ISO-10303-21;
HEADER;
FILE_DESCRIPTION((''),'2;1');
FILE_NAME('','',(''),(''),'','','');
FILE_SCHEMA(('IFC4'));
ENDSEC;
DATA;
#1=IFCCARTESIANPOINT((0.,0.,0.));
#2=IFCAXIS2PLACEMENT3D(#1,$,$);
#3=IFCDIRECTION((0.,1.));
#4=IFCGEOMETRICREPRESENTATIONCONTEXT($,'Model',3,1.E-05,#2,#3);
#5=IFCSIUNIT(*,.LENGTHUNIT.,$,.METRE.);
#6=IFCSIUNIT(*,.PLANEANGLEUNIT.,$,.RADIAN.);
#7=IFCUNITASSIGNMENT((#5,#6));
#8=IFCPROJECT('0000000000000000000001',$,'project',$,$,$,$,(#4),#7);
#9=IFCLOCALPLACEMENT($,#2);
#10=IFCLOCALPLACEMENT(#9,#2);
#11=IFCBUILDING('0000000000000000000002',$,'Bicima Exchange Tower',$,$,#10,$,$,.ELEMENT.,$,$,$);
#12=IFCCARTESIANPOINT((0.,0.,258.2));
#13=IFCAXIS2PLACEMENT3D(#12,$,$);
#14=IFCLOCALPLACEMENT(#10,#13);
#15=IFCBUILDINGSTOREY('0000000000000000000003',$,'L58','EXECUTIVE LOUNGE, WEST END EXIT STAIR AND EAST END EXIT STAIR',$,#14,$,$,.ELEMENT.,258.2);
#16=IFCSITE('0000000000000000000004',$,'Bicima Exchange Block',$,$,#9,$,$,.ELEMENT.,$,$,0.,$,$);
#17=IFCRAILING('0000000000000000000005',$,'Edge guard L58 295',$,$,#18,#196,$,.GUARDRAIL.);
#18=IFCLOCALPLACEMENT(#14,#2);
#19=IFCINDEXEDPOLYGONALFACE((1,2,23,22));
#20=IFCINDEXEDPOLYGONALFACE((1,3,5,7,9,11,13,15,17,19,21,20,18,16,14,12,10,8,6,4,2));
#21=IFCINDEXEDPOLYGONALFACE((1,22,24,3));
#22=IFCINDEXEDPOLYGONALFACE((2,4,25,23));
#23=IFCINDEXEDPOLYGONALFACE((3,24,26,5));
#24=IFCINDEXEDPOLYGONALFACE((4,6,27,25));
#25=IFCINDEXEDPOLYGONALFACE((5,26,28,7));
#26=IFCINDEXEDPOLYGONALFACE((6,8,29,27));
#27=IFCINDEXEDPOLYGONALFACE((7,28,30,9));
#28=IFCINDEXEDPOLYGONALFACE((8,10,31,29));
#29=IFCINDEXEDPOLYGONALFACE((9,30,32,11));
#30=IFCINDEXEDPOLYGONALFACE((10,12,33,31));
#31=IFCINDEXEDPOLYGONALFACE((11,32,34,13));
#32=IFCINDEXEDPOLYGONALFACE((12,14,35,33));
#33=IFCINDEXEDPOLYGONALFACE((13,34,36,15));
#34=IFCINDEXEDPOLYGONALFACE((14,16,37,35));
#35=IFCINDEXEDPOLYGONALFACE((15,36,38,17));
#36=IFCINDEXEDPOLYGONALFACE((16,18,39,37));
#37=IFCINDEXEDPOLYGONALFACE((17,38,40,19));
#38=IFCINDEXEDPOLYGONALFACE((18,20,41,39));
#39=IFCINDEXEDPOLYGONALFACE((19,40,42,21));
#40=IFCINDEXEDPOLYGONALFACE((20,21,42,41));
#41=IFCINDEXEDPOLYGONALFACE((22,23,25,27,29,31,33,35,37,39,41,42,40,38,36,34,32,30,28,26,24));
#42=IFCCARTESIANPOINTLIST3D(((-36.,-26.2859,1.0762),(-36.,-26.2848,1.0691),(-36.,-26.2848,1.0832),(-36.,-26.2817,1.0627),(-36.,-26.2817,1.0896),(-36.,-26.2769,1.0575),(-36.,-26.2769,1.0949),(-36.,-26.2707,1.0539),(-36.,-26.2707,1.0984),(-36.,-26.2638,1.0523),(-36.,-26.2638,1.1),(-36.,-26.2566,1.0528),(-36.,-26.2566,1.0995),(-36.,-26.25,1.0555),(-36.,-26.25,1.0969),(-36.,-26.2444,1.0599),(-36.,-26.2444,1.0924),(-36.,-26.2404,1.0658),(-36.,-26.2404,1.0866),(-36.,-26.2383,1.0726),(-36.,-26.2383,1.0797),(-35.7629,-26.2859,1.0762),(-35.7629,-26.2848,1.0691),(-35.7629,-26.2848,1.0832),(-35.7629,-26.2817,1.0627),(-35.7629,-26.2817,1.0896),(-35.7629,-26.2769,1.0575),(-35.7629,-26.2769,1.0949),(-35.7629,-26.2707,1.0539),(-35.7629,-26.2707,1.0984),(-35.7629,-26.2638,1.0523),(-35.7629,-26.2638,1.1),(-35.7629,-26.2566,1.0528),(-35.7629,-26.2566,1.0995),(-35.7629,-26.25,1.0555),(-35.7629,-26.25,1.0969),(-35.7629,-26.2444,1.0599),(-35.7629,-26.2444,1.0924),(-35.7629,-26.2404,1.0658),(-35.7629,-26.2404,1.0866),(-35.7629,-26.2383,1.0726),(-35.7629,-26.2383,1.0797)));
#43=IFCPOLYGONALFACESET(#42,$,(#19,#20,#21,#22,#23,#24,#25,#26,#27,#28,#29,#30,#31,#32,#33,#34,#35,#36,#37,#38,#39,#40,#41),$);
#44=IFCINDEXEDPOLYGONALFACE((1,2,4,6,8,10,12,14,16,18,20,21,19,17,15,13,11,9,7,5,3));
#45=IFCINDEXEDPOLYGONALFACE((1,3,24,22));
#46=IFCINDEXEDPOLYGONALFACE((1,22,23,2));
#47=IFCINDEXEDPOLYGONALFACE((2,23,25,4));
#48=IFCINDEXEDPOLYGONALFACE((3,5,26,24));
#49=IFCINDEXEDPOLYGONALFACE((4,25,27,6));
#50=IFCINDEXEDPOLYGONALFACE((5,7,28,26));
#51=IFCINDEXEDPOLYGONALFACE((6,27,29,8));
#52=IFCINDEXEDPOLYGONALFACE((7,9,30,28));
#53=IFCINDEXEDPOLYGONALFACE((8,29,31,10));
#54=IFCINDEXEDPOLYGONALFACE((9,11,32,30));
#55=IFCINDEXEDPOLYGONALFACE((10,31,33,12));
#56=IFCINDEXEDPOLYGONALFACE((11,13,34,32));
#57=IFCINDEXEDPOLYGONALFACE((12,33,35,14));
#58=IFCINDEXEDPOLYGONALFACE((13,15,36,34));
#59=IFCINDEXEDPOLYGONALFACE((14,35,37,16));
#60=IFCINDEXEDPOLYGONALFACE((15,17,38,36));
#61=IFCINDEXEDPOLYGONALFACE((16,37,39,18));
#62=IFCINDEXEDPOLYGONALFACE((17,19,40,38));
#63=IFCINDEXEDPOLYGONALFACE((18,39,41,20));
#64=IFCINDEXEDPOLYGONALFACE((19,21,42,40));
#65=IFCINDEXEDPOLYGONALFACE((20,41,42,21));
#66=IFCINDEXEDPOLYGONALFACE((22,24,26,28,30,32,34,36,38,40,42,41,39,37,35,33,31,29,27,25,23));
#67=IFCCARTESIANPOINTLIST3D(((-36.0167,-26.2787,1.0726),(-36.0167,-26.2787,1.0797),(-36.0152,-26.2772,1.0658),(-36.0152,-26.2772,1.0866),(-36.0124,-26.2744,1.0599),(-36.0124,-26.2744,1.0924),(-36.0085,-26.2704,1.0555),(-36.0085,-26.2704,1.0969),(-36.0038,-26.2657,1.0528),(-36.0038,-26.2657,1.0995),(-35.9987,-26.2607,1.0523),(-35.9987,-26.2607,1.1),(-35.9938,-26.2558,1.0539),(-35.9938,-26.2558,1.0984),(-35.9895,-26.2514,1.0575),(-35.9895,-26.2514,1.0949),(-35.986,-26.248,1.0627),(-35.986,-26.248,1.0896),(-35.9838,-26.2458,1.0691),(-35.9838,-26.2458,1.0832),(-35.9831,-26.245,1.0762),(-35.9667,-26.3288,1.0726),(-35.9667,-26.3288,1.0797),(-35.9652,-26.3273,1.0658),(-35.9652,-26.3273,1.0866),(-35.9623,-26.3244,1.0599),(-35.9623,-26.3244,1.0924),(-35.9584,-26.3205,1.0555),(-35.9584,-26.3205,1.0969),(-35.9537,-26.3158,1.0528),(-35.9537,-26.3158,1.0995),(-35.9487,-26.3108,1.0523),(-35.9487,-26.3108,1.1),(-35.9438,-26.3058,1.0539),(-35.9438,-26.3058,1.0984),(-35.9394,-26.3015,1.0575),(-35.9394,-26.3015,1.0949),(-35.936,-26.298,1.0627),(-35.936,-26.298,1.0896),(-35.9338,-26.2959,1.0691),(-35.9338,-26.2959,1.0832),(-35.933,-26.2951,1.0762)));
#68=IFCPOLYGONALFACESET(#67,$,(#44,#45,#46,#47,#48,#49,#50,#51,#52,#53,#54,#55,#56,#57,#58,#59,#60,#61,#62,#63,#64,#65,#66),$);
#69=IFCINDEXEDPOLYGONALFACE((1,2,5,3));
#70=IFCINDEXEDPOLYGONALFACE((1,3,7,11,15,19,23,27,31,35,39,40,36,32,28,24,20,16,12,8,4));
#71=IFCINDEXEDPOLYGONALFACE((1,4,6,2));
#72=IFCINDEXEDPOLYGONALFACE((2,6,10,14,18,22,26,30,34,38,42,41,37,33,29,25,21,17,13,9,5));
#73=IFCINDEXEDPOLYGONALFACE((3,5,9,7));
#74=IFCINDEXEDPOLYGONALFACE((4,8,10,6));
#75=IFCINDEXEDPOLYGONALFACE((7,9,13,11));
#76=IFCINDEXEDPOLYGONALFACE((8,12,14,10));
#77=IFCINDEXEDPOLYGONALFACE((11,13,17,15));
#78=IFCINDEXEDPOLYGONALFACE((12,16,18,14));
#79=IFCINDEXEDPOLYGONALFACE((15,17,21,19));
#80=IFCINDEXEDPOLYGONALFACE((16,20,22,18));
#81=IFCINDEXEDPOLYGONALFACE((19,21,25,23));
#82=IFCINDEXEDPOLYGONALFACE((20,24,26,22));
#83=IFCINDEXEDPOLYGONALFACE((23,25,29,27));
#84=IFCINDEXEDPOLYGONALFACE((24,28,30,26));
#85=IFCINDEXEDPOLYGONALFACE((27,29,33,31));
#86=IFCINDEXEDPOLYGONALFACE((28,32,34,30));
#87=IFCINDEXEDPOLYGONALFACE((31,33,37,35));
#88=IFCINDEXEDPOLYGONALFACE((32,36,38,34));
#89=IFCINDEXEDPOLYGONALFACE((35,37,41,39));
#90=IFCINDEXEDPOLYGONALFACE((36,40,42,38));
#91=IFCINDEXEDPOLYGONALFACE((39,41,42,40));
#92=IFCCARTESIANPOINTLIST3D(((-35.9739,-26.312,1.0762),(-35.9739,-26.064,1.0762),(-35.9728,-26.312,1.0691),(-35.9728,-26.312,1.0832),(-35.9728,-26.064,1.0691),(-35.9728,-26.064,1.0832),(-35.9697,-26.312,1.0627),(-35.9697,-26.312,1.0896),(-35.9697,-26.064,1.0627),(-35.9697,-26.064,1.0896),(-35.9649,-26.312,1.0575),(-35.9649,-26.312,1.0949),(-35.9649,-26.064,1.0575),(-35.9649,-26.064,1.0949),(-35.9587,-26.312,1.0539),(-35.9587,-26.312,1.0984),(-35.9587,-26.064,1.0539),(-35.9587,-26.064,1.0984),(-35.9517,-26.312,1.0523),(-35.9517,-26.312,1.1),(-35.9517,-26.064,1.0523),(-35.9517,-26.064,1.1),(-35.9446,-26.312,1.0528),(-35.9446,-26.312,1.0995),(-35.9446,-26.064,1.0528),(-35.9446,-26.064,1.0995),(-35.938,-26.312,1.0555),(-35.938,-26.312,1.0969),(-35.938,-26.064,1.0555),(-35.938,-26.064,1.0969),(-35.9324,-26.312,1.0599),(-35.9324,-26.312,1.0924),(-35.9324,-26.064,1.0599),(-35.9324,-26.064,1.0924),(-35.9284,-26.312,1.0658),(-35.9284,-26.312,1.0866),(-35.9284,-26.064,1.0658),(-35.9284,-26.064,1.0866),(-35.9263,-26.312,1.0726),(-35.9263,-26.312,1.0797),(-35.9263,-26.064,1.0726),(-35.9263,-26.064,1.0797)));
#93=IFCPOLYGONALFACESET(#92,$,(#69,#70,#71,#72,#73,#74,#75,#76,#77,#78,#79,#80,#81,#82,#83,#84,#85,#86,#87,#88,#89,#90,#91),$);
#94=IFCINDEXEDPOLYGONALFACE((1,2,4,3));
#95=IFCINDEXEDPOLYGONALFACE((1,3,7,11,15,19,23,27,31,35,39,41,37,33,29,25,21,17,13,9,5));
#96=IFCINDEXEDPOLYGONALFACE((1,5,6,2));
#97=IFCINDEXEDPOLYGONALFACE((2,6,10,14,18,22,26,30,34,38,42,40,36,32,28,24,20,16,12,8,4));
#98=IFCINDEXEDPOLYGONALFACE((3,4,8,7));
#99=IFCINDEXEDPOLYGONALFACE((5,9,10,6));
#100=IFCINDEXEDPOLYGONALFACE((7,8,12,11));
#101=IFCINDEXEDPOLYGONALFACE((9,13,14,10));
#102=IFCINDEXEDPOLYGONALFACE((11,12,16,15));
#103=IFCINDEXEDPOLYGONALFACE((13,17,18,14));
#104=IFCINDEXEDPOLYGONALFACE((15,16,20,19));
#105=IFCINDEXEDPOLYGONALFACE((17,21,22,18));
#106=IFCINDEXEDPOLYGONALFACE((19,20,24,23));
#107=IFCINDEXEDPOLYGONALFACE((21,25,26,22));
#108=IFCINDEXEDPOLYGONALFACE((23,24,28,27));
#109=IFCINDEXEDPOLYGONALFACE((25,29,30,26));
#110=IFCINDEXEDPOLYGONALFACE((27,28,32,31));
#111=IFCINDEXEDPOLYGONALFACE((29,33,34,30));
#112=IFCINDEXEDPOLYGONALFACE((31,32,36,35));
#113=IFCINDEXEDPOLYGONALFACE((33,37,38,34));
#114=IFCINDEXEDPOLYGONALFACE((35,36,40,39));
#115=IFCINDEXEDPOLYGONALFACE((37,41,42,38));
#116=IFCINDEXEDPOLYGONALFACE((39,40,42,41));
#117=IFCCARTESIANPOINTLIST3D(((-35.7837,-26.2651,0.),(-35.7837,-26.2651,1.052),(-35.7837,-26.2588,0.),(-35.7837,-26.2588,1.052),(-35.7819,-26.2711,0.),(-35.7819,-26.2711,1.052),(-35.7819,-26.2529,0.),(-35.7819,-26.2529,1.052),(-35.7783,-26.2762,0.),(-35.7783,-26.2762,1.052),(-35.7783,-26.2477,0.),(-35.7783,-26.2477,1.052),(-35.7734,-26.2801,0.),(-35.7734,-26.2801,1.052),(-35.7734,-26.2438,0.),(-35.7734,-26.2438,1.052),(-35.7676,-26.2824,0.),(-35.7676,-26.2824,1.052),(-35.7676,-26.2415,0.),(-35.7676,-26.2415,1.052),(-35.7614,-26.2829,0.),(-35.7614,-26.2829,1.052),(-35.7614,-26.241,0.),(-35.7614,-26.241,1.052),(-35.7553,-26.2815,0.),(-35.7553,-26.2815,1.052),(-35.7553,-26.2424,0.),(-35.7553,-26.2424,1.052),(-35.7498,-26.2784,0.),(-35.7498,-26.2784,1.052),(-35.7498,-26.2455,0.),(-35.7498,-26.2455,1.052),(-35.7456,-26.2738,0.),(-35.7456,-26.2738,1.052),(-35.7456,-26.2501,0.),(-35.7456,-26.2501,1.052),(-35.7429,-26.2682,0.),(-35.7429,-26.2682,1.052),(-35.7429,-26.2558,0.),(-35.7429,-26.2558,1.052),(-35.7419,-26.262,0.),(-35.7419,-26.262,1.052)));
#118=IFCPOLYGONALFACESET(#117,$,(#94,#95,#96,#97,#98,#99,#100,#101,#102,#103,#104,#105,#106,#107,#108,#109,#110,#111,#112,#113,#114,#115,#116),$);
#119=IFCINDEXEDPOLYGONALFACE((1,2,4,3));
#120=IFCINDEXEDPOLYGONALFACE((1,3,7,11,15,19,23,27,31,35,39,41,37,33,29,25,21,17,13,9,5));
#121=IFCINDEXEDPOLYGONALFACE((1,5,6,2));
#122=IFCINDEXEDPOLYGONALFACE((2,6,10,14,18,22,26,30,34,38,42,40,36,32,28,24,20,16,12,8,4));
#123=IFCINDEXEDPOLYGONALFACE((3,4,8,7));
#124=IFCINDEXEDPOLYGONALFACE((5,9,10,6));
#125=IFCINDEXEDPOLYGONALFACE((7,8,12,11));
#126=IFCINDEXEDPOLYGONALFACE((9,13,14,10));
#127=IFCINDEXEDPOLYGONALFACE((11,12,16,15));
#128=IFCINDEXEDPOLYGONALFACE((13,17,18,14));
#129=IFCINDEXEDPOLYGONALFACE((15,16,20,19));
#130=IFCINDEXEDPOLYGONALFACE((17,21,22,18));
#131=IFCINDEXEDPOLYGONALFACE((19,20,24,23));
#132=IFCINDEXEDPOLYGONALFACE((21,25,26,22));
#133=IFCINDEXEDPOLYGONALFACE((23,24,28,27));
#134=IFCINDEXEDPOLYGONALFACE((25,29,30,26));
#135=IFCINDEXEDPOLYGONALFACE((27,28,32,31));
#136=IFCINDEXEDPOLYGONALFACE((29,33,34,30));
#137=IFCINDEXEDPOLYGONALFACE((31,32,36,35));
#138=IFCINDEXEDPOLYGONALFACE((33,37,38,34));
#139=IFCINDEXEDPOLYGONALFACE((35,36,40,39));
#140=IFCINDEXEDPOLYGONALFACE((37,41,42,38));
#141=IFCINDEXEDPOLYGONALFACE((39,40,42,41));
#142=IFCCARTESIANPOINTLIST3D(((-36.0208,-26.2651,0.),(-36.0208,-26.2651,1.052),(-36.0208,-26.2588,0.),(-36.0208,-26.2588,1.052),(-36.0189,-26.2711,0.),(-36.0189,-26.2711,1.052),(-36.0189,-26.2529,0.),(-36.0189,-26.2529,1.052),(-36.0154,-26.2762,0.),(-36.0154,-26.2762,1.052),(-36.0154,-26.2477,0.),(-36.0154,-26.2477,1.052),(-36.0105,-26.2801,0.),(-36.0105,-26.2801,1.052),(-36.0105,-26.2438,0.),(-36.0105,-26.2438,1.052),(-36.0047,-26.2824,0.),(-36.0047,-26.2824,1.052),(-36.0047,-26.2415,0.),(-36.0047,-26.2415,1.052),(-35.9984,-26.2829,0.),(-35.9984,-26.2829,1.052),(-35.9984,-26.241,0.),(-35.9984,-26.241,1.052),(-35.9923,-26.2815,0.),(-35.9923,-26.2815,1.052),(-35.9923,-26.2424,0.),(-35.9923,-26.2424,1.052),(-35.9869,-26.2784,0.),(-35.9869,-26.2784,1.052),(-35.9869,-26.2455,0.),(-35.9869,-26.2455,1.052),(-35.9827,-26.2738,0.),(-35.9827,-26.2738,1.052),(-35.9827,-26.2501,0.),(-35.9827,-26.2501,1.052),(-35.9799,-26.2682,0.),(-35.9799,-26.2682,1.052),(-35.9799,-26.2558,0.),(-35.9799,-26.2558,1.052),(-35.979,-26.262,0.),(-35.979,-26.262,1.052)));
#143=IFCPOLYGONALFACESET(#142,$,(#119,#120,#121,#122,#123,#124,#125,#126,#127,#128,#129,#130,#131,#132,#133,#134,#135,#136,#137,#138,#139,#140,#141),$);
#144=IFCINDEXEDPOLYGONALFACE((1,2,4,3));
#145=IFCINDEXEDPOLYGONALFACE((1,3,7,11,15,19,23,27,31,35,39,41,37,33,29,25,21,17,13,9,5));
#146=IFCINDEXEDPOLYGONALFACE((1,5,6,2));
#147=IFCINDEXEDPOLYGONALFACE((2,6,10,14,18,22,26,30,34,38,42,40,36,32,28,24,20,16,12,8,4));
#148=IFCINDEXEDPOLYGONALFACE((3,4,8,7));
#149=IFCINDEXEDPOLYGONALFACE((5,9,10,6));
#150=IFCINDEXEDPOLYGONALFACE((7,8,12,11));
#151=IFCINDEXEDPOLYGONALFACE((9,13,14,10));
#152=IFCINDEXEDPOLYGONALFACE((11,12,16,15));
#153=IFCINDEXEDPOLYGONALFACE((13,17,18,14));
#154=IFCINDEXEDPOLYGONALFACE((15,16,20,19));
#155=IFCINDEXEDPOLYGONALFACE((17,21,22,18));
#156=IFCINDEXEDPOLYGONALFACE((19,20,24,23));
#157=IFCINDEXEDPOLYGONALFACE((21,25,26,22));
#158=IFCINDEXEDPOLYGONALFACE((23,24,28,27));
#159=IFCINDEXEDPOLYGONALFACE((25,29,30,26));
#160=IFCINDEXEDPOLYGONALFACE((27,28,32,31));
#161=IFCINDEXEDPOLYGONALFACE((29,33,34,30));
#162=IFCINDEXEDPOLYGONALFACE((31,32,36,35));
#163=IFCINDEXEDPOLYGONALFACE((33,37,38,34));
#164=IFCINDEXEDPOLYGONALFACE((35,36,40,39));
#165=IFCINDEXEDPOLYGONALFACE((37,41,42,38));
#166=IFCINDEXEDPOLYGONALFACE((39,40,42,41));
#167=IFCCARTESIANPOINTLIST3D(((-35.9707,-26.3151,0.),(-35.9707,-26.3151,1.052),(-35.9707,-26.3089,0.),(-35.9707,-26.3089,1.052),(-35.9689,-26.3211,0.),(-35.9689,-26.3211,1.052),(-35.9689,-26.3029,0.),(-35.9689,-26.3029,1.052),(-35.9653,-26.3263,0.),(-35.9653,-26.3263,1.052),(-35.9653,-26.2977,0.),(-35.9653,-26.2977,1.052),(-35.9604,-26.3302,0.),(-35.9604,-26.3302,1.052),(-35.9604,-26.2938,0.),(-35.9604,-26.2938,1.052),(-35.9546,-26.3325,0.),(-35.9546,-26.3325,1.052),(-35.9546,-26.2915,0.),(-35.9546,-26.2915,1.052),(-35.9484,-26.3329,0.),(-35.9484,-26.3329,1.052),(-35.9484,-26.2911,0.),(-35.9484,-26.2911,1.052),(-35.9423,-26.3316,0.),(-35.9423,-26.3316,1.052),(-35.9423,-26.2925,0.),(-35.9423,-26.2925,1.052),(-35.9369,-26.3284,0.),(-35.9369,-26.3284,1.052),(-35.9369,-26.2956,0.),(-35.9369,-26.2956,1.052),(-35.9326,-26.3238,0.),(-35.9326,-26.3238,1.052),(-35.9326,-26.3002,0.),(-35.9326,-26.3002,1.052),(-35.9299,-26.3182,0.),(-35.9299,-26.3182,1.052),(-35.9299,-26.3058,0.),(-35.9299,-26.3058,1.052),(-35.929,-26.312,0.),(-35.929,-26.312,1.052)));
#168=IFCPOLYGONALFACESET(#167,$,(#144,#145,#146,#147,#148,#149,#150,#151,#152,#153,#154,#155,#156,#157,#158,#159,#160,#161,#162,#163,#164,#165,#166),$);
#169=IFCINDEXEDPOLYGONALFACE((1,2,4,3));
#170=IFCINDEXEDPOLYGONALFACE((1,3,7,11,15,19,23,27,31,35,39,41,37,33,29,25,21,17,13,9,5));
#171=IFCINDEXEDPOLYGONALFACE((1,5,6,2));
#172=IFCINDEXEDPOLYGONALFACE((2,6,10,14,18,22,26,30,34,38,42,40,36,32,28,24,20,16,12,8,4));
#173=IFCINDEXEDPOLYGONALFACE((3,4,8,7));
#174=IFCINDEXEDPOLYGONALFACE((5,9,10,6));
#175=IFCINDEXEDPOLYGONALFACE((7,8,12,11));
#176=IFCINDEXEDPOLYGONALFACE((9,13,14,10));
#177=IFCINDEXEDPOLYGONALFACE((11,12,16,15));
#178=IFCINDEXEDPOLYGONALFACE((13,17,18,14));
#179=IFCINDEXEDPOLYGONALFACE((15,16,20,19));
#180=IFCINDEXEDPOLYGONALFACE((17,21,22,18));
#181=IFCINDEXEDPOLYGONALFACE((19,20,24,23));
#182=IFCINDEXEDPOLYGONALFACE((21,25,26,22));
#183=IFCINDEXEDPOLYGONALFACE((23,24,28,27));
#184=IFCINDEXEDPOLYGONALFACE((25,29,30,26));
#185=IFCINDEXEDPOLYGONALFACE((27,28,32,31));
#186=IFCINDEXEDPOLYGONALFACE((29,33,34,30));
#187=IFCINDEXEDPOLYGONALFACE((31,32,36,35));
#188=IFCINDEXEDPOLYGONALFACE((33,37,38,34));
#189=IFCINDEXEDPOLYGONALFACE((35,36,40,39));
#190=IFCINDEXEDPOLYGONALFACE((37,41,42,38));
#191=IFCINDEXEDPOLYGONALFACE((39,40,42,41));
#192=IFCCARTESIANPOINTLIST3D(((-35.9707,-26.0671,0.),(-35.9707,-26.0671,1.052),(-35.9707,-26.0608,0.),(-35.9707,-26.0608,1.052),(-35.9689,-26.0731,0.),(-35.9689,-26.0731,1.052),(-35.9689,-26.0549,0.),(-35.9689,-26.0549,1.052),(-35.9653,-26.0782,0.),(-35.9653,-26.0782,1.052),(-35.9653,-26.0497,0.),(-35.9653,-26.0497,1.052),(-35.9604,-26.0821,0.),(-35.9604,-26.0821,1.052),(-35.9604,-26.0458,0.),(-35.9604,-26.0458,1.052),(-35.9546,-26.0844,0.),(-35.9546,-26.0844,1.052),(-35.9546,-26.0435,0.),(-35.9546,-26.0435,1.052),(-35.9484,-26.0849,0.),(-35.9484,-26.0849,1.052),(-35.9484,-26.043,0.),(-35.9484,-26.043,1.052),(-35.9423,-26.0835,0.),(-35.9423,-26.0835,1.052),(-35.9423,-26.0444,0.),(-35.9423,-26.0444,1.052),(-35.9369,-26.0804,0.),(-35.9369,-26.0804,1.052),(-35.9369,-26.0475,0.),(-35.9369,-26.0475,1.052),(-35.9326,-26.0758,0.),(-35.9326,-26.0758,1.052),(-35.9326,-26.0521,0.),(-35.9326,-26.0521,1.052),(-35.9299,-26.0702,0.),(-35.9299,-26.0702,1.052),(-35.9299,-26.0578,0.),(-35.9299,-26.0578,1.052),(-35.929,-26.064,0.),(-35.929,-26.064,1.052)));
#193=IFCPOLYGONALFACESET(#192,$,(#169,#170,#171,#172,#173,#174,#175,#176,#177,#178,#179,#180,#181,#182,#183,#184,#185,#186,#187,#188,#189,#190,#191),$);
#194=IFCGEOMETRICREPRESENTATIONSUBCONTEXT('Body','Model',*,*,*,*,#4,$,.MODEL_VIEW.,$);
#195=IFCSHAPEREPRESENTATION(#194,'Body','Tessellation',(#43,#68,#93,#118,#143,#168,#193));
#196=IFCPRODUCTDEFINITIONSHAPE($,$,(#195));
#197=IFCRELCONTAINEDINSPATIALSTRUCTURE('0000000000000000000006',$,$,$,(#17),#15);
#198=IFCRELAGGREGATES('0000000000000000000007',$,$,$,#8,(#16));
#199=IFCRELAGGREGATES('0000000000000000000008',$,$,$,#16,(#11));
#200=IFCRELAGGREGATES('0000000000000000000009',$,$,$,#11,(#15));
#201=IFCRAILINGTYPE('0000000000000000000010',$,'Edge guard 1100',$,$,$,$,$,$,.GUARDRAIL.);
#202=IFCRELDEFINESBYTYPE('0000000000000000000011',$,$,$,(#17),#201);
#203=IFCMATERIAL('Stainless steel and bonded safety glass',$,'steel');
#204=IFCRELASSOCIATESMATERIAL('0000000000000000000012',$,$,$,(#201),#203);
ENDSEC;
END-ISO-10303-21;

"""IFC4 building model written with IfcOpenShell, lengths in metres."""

from ifc_helpers import new_model, si_unit, direction, frame, origin, origin_2d, place, context, subcontext, project, spatial, circle, extrude, material, type_object, element, save


model = new_model("IFC4")

# Units and contexts
model_context = context("Model", 3, precision=1e-05, world=origin(), true_north=direction((0.0, 1.0)))
body_context = subcontext(model_context, "Body", "Model", "MODEL_VIEW")
ifc_project = project(units=[si_unit("LENGTHUNIT", "METRE"), si_unit("PLANEANGLEUNIT", "RADIAN")], contexts=[model_context])

# Site, building, storey
site_placement = place(None, origin())
site = spatial("IfcSite", under=ifc_project, at=site_placement, Name="Bicima Exchange Block", CompositionType="ELEMENT", RefElevation=0.0)
building_placement = place(site_placement, origin())
building = spatial("IfcBuilding", under=site, at=building_placement, Name="Bicima Exchange Tower", CompositionType="ELEMENT")
storey_placement = place(building_placement, frame((0.0, 0.0, 258.2)))
storey = spatial("IfcBuildingStorey", under=building, at=storey_placement, Name="L58", Description="EXECUTIVE LOUNGE, WEST END EXIT STAIR AND EAST END EXIT STAIR", CompositionType="ELEMENT", Elevation=258.2)

# Railing
ifc_material_1 = material(Name="Stainless steel and bonded safety glass", Category="steel")
railing_type = type_object("IfcRailingType", Name="Edge guard 1100", PredefinedType="GUARDRAIL", material=ifc_material_1)
railing_1_placement = place(storey_placement, frame((-35.7629, -26.262, 0.0)))
element("IfcRailing", 1, at=railing_1_placement, inside=storey, type_object=railing_type, Name="Edge guard L58 295", PredefinedType="GUARDRAIL", context=body_context, shape_type="SweptSolid", body=[
    extrude(circle(Radius=0.0239, at=origin_2d()), frame((0.0, 0.0, 1.0762), z_axis=(-1.0, 0.0, 0.0), x_axis=(0.0, -1.0, 0.0)), (0.0, 0.0, 1.0), 0.2371),
    extrude(circle(Radius=0.0239, at=origin_2d()), frame((-0.2371, 0.0, 1.0762), z_axis=(0.707107, -0.707107, 0.0), x_axis=(0.707107, 0.707107, 0.0)), (0.0, 0.0, 1.0), 0.0708),
    extrude(circle(Radius=0.0239, at=origin_2d()), frame((-0.187, -0.05, 1.0762), z_axis=(0.0, 1.0, 0.0), x_axis=(-1.0, 0.0, 0.0)), (0.0, 0.0, 1.0), 0.248),
    extrude(circle(Radius=0.021, at=origin_2d()), origin(), (0.0, 0.0, 1.0), 1.052),
    extrude(circle(Radius=0.021, at=origin_2d()), frame((-0.2371, 0.0, 0.0)), (0.0, 0.0, 1.0), 1.052),
    extrude(circle(Radius=0.021, at=origin_2d()), frame((-0.187, -0.05, 0.0)), (0.0, 0.0, 1.0), 1.052),
    extrude(circle(Radius=0.021, at=origin_2d()), frame((-0.187, 0.198, 0.0)), (0.0, 0.0, 1.0), 1.052),
])

save(model, "model.ifc")
